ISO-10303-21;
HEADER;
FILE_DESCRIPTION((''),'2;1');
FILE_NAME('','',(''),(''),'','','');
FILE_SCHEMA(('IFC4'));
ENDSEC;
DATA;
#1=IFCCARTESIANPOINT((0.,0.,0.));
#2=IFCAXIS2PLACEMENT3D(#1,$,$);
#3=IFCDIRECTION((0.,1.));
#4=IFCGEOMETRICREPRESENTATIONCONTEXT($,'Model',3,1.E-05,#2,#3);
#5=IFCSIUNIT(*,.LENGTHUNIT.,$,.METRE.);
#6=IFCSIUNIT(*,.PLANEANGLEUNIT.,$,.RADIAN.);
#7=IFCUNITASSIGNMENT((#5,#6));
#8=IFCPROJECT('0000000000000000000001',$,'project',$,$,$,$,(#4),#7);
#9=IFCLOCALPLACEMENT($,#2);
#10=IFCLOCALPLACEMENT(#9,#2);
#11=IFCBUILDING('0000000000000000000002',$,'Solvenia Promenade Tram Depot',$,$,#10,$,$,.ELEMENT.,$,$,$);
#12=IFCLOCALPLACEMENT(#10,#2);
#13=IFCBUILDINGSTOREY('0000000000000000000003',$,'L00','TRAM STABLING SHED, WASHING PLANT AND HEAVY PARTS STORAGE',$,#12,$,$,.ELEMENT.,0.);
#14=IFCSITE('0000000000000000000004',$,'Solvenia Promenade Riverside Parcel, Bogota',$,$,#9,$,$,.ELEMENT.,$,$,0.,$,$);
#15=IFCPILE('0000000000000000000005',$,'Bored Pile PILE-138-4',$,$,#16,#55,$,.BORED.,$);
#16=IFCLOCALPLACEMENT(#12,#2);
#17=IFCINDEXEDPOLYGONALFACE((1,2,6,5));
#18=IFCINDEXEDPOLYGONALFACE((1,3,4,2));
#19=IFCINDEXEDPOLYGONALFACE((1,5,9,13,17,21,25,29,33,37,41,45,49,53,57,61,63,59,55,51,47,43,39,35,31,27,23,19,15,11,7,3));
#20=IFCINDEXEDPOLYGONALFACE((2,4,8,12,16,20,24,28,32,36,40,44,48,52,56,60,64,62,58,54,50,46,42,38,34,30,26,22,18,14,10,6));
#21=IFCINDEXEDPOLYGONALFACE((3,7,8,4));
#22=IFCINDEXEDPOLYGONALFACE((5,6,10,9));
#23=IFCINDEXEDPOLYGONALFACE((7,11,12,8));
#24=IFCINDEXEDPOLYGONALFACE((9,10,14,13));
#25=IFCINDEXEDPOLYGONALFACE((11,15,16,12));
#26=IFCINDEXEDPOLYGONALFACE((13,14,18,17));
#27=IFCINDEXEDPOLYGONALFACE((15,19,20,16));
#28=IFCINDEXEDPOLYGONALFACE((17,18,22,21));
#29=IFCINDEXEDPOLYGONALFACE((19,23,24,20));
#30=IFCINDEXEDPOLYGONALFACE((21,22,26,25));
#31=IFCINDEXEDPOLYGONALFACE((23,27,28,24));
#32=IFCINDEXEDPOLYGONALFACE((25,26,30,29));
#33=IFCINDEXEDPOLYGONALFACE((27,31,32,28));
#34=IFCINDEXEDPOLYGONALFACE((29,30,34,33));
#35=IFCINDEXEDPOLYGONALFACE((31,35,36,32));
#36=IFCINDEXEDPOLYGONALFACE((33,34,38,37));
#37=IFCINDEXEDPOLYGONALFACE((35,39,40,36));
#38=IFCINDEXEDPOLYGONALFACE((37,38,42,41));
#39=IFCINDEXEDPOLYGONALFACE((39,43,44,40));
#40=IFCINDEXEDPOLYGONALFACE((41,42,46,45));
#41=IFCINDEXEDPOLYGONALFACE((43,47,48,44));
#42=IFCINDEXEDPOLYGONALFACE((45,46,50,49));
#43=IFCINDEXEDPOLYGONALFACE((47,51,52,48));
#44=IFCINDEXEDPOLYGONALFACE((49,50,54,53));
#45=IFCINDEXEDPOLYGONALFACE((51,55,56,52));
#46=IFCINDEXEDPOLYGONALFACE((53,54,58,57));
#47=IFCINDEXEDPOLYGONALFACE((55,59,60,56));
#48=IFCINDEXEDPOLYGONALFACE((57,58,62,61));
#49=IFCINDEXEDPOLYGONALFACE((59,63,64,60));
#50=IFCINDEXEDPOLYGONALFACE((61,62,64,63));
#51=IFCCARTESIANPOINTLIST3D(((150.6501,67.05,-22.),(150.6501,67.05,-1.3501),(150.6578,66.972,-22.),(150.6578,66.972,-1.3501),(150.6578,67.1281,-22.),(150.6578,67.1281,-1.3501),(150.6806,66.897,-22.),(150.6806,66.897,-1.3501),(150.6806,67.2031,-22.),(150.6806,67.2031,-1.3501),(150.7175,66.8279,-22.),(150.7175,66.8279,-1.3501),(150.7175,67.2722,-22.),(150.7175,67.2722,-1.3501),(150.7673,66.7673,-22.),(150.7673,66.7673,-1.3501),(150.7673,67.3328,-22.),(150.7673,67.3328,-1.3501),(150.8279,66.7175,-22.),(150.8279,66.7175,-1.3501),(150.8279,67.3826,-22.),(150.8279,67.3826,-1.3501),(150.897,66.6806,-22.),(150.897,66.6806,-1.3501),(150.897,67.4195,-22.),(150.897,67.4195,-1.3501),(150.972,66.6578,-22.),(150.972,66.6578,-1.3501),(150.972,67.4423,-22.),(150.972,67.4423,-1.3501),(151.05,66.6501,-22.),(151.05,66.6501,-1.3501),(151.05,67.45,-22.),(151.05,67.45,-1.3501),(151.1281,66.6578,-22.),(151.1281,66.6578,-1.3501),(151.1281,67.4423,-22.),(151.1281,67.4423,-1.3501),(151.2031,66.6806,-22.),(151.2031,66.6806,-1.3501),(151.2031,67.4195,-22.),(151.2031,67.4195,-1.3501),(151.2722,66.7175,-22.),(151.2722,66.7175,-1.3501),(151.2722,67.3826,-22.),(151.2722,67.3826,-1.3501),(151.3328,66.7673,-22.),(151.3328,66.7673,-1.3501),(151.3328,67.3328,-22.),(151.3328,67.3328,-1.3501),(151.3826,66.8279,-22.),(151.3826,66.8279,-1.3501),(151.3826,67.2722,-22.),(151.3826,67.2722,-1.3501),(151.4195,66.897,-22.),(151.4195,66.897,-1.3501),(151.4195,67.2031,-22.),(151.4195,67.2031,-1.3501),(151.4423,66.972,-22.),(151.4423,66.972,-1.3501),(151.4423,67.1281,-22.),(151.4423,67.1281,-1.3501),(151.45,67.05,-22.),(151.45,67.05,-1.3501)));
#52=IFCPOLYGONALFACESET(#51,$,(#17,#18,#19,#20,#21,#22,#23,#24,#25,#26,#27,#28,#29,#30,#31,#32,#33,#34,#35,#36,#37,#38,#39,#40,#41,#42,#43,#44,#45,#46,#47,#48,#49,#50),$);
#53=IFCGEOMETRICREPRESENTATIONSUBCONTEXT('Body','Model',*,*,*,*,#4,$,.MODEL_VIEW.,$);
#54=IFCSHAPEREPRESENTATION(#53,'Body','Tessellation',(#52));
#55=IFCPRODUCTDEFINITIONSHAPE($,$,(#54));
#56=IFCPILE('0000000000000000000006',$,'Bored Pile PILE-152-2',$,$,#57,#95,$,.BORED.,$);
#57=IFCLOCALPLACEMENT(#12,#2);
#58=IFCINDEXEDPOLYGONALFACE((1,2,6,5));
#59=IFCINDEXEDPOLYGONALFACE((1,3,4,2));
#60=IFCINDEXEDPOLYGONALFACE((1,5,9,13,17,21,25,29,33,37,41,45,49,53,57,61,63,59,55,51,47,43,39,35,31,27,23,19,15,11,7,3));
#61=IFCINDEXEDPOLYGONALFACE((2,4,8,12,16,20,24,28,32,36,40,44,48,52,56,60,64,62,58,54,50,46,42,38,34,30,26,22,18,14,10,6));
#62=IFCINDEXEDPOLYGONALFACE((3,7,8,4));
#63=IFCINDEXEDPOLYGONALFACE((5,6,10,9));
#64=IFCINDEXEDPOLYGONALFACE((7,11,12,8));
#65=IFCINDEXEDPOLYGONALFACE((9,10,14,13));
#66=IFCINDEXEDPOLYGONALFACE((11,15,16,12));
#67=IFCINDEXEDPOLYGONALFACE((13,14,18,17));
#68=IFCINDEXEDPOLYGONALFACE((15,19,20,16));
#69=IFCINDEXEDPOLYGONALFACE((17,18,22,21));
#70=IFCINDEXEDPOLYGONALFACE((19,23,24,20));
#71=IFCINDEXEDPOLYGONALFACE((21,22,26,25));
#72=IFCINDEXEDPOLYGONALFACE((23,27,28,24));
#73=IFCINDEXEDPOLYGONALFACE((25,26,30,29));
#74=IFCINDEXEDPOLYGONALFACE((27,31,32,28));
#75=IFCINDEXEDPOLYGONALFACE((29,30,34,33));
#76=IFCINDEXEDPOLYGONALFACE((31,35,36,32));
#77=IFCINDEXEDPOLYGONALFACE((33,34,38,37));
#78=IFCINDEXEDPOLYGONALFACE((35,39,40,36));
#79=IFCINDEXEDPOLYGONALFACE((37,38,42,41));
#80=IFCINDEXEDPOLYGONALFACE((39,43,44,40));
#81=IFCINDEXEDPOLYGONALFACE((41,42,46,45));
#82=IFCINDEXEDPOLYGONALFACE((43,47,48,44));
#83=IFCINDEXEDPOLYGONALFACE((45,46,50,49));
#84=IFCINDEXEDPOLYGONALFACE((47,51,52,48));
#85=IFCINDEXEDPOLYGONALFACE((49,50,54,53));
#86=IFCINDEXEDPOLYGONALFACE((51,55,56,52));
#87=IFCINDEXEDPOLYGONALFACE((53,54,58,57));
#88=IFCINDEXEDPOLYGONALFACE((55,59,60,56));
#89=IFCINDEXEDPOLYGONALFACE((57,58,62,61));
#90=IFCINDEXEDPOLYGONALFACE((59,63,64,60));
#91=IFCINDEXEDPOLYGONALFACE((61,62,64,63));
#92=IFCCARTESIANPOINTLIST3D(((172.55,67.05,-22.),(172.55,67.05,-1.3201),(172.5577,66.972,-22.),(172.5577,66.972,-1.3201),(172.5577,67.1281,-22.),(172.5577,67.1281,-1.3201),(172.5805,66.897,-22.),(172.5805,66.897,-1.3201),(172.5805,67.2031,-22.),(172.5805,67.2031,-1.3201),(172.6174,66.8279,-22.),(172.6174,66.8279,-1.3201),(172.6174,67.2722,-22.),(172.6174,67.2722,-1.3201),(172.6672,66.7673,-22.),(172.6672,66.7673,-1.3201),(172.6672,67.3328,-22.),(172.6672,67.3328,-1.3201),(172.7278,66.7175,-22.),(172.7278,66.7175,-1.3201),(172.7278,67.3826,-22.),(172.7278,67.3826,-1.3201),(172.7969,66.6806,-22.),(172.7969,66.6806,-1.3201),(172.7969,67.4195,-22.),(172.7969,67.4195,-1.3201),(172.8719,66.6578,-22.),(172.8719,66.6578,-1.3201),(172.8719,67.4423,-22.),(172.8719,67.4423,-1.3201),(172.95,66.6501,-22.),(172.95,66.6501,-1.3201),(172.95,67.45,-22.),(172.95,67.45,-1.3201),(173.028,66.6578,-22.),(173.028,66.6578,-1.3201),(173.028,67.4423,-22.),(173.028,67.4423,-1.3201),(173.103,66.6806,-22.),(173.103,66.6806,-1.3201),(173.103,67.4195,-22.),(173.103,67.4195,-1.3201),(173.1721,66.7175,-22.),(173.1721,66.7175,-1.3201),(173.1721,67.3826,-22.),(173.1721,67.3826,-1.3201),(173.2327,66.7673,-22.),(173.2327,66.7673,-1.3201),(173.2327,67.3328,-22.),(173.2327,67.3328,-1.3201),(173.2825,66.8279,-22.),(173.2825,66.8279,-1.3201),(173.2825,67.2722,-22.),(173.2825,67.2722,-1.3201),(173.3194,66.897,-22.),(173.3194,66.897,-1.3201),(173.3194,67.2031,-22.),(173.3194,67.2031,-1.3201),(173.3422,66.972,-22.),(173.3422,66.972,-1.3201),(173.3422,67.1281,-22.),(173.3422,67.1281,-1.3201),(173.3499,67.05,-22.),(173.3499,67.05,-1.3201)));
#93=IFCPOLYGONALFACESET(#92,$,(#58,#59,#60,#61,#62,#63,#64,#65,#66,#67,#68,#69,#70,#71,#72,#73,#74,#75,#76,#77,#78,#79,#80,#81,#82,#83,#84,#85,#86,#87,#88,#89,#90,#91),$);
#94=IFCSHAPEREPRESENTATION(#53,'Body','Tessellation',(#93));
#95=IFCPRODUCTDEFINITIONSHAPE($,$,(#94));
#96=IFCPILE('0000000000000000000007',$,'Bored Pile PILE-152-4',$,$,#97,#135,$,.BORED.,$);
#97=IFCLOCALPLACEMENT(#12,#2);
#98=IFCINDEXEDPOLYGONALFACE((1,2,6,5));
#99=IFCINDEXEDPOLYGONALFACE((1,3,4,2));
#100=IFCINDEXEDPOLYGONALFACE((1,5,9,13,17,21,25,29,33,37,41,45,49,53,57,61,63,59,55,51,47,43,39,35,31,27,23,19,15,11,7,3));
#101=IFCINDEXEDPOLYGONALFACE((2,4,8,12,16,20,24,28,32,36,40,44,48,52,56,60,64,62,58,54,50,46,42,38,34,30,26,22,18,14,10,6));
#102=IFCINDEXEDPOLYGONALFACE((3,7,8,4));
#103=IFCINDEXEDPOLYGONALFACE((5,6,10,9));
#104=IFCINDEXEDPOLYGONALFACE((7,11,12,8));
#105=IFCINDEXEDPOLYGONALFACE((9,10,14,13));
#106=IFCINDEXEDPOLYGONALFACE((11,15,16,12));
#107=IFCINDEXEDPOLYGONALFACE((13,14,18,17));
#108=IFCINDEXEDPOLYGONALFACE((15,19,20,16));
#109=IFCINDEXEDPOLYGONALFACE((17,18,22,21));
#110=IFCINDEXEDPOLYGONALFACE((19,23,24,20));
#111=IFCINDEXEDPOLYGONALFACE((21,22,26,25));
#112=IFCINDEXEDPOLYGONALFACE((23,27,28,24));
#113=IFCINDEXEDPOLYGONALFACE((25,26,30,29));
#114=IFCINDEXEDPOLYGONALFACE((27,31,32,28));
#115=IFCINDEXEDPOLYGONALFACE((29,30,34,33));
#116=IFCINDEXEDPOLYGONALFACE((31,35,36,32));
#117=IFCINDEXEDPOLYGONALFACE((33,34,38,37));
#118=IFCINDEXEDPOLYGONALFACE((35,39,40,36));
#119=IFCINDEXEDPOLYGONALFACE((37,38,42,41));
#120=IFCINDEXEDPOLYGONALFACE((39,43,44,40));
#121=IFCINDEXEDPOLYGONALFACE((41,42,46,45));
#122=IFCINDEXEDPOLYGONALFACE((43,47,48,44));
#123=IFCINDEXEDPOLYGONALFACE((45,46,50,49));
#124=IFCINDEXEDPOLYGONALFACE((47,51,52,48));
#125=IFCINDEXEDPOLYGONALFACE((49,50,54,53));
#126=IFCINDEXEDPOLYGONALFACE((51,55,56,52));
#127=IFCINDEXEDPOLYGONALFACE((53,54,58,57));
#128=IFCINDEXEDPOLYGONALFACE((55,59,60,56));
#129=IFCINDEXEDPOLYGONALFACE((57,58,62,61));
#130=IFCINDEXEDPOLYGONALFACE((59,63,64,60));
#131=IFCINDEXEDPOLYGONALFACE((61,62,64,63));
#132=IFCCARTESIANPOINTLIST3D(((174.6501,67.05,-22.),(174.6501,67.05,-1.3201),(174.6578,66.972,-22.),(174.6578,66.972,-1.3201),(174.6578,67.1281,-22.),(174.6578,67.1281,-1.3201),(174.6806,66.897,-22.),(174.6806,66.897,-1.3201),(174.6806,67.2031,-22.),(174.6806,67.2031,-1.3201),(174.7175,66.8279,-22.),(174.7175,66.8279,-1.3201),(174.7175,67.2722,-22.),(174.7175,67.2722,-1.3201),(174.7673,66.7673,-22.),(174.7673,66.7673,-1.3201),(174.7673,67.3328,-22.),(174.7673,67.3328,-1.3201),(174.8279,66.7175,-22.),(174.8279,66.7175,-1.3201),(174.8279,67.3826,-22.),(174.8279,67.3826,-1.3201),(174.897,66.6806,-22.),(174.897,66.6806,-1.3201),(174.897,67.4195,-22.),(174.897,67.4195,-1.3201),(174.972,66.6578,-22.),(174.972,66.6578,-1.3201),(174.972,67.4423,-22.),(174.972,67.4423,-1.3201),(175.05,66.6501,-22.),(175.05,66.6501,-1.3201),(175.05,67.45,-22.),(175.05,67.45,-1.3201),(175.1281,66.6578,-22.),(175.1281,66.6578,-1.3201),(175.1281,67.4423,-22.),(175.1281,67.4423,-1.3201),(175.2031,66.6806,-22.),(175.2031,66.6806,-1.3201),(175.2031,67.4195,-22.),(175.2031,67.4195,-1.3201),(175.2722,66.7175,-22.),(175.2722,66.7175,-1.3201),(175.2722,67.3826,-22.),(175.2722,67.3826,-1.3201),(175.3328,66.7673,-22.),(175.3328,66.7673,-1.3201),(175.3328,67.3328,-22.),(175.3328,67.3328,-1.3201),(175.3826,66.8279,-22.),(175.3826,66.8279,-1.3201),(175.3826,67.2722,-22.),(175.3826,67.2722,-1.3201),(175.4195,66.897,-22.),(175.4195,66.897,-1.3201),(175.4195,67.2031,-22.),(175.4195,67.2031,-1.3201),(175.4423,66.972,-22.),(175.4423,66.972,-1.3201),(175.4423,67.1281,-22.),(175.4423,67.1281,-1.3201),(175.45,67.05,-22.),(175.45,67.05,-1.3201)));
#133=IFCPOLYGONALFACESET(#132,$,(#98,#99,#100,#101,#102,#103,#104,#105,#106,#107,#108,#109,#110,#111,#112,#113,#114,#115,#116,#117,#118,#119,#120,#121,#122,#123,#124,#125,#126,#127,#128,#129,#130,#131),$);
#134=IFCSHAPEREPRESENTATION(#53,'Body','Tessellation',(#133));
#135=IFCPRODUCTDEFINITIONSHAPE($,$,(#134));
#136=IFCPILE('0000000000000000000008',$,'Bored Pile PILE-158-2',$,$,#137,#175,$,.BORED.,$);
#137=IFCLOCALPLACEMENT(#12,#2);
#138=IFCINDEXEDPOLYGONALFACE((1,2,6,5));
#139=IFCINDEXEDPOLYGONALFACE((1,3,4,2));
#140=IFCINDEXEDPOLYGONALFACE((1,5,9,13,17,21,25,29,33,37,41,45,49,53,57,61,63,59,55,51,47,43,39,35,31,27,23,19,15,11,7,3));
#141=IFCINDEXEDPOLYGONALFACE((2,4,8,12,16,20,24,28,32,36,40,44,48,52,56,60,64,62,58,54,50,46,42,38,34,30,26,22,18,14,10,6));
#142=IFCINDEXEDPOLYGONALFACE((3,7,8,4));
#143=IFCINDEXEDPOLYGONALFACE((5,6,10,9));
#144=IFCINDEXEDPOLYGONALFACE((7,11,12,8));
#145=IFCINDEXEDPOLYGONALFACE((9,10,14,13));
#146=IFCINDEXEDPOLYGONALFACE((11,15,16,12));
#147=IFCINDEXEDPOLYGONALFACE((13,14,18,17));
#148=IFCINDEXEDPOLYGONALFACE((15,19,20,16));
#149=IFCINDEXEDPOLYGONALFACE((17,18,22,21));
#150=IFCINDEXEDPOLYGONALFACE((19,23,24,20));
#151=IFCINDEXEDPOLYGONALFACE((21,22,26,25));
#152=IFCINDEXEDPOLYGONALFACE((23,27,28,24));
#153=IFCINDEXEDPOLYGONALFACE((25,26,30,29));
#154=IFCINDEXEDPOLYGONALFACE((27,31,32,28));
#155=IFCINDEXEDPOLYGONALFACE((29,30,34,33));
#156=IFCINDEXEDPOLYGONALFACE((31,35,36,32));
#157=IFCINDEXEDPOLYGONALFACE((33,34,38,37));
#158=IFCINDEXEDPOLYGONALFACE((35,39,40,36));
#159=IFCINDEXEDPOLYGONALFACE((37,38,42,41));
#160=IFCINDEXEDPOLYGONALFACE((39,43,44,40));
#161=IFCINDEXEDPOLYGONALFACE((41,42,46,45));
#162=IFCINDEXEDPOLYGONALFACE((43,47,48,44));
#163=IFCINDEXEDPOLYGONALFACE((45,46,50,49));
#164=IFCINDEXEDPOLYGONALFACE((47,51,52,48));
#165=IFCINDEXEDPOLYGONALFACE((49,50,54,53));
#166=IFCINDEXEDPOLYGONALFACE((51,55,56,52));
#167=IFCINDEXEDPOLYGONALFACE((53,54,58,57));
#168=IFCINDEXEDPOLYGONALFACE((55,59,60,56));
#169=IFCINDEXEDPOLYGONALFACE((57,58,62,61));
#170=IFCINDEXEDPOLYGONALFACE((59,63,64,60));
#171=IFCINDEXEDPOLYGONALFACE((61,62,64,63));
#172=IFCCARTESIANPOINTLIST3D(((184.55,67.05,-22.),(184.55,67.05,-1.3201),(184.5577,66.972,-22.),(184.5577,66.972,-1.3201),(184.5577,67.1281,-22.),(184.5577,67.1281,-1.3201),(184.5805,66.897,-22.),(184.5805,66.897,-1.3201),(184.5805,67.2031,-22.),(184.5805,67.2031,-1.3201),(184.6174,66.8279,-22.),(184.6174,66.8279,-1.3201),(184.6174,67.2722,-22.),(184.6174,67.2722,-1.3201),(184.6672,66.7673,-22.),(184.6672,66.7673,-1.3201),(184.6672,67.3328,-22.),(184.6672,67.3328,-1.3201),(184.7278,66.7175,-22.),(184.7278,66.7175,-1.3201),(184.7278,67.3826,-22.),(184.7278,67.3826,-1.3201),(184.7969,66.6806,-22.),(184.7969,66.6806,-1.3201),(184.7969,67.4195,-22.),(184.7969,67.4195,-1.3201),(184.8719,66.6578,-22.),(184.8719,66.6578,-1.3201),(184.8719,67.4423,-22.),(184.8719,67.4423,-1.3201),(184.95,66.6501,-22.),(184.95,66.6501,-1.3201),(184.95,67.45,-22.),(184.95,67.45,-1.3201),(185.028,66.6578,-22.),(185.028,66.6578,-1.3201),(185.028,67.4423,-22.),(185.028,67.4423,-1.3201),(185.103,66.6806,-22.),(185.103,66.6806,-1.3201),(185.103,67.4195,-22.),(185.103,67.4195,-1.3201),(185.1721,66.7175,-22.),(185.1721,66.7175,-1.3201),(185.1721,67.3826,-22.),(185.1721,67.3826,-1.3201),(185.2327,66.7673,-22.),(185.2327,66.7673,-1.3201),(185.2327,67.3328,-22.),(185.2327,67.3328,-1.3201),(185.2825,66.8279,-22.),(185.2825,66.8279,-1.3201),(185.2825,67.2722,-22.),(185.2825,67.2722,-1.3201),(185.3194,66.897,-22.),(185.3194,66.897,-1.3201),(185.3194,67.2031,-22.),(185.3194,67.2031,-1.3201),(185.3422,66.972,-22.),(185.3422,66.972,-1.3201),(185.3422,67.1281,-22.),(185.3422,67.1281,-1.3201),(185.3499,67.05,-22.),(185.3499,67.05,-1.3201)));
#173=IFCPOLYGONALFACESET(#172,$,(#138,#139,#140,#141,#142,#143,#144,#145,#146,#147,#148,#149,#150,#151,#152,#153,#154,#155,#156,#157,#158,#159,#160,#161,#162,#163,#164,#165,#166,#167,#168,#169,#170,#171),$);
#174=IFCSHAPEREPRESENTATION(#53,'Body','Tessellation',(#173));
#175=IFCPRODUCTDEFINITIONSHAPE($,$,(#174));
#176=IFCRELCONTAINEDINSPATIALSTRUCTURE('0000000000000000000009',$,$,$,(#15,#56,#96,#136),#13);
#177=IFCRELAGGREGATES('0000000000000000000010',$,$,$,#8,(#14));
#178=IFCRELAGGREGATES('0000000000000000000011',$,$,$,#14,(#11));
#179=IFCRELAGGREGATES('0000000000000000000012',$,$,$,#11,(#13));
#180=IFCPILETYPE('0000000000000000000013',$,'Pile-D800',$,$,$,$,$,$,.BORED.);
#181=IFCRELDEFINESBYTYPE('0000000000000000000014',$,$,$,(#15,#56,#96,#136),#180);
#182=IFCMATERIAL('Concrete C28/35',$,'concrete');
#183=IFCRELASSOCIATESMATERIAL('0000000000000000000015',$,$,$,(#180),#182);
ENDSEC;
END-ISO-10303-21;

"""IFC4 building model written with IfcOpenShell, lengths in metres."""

from ifc_helpers import new_model, si_unit, direction, frame, origin, origin_2d, place, context, subcontext, project, spatial, circle, extrude, material, material_profile, profile_set, type_object, element, save


model = new_model("IFC4")

# Units and contexts
model_context = context("Model", 3, precision=1e-05, world=origin(), true_north=direction((0.0, 1.0)))
body_context = subcontext(model_context, "Body", "Model", "MODEL_VIEW")
ifc_project = project(units=[si_unit("LENGTHUNIT", "METRE"), si_unit("PLANEANGLEUNIT", "RADIAN")], contexts=[model_context])

# Site, building, storey
site_placement = place(None, origin())
site = spatial("IfcSite", under=ifc_project, at=site_placement, Name="Solvenia Promenade Riverside Parcel, Bogota", CompositionType="ELEMENT", RefElevation=0.0)
building_placement = place(site_placement, origin())
building = spatial("IfcBuilding", under=site, at=building_placement, Name="Solvenia Promenade Tram Depot", CompositionType="ELEMENT")
storey_placement = place(building_placement, origin())
storey = spatial("IfcBuildingStorey", under=building, at=storey_placement, Name="L00", Description="TRAM STABLING SHED, WASHING PLANT AND HEAVY PARTS STORAGE", CompositionType="ELEMENT", Elevation=0.0)

# Shared definitions
ifc_material_1 = material(Name="Concrete C28/35", Category="concrete")

# Piles
ifc_material_profile_1 = material_profile(ifc_material_1, circle(Radius=0.3999, at=origin_2d()), Name="D800", Category="concrete")
ifc_profile_set_1 = profile_set([ifc_material_profile_1], Name="Concrete C28/35")
pile_type_1 = type_object("IfcPileType", Name="Pile-D800", PredefinedType="BORED", material=ifc_profile_set_1)
for number, where, z_axis, x_axis, name in (
    (1, (151.05, 67.05, -1.3501), (0.0, 0.0, -1.0), (1.0, 0.0, 0.0), "Bored Pile PILE-138-4"),
):
    element("IfcPile", number, at=place(storey_placement, frame(where, z_axis=z_axis, x_axis=x_axis)), inside=storey, type_object=pile_type_1, Name=name, PredefinedType="BORED", context=body_context, shape_type="SweptSolid", body=[
        extrude(circle(Radius=0.3999, at=origin_2d()), origin(), (0.0, 0.0, 1.0), 20.6499),
    ])
for number, where, z_axis, x_axis, name in (
    (2, (172.95, 67.05, -1.3201), (0.0, 0.0, -1.0), (1.0, 0.0, 0.0), "Bored Pile PILE-152-2"),
    (3, (175.05, 67.05, -1.3201), (0.0, 0.0, -1.0), (1.0, 0.0, 0.0), "Bored Pile PILE-152-4"),
    (4, (184.95, 67.05, -1.3201), (0.0, 0.0, -1.0), (1.0, 0.0, 0.0), "Bored Pile PILE-158-2"),
):
    element("IfcPile", number, at=place(storey_placement, frame(where, z_axis=z_axis, x_axis=x_axis)), inside=storey, type_object=pile_type_1, Name=name, PredefinedType="BORED", context=body_context, shape_type="SweptSolid", body=[
        extrude(circle(Radius=0.3999, at=origin_2d()), origin(), (0.0, 0.0, 1.0), 20.6799),
    ])

save(model, "model.ifc")
